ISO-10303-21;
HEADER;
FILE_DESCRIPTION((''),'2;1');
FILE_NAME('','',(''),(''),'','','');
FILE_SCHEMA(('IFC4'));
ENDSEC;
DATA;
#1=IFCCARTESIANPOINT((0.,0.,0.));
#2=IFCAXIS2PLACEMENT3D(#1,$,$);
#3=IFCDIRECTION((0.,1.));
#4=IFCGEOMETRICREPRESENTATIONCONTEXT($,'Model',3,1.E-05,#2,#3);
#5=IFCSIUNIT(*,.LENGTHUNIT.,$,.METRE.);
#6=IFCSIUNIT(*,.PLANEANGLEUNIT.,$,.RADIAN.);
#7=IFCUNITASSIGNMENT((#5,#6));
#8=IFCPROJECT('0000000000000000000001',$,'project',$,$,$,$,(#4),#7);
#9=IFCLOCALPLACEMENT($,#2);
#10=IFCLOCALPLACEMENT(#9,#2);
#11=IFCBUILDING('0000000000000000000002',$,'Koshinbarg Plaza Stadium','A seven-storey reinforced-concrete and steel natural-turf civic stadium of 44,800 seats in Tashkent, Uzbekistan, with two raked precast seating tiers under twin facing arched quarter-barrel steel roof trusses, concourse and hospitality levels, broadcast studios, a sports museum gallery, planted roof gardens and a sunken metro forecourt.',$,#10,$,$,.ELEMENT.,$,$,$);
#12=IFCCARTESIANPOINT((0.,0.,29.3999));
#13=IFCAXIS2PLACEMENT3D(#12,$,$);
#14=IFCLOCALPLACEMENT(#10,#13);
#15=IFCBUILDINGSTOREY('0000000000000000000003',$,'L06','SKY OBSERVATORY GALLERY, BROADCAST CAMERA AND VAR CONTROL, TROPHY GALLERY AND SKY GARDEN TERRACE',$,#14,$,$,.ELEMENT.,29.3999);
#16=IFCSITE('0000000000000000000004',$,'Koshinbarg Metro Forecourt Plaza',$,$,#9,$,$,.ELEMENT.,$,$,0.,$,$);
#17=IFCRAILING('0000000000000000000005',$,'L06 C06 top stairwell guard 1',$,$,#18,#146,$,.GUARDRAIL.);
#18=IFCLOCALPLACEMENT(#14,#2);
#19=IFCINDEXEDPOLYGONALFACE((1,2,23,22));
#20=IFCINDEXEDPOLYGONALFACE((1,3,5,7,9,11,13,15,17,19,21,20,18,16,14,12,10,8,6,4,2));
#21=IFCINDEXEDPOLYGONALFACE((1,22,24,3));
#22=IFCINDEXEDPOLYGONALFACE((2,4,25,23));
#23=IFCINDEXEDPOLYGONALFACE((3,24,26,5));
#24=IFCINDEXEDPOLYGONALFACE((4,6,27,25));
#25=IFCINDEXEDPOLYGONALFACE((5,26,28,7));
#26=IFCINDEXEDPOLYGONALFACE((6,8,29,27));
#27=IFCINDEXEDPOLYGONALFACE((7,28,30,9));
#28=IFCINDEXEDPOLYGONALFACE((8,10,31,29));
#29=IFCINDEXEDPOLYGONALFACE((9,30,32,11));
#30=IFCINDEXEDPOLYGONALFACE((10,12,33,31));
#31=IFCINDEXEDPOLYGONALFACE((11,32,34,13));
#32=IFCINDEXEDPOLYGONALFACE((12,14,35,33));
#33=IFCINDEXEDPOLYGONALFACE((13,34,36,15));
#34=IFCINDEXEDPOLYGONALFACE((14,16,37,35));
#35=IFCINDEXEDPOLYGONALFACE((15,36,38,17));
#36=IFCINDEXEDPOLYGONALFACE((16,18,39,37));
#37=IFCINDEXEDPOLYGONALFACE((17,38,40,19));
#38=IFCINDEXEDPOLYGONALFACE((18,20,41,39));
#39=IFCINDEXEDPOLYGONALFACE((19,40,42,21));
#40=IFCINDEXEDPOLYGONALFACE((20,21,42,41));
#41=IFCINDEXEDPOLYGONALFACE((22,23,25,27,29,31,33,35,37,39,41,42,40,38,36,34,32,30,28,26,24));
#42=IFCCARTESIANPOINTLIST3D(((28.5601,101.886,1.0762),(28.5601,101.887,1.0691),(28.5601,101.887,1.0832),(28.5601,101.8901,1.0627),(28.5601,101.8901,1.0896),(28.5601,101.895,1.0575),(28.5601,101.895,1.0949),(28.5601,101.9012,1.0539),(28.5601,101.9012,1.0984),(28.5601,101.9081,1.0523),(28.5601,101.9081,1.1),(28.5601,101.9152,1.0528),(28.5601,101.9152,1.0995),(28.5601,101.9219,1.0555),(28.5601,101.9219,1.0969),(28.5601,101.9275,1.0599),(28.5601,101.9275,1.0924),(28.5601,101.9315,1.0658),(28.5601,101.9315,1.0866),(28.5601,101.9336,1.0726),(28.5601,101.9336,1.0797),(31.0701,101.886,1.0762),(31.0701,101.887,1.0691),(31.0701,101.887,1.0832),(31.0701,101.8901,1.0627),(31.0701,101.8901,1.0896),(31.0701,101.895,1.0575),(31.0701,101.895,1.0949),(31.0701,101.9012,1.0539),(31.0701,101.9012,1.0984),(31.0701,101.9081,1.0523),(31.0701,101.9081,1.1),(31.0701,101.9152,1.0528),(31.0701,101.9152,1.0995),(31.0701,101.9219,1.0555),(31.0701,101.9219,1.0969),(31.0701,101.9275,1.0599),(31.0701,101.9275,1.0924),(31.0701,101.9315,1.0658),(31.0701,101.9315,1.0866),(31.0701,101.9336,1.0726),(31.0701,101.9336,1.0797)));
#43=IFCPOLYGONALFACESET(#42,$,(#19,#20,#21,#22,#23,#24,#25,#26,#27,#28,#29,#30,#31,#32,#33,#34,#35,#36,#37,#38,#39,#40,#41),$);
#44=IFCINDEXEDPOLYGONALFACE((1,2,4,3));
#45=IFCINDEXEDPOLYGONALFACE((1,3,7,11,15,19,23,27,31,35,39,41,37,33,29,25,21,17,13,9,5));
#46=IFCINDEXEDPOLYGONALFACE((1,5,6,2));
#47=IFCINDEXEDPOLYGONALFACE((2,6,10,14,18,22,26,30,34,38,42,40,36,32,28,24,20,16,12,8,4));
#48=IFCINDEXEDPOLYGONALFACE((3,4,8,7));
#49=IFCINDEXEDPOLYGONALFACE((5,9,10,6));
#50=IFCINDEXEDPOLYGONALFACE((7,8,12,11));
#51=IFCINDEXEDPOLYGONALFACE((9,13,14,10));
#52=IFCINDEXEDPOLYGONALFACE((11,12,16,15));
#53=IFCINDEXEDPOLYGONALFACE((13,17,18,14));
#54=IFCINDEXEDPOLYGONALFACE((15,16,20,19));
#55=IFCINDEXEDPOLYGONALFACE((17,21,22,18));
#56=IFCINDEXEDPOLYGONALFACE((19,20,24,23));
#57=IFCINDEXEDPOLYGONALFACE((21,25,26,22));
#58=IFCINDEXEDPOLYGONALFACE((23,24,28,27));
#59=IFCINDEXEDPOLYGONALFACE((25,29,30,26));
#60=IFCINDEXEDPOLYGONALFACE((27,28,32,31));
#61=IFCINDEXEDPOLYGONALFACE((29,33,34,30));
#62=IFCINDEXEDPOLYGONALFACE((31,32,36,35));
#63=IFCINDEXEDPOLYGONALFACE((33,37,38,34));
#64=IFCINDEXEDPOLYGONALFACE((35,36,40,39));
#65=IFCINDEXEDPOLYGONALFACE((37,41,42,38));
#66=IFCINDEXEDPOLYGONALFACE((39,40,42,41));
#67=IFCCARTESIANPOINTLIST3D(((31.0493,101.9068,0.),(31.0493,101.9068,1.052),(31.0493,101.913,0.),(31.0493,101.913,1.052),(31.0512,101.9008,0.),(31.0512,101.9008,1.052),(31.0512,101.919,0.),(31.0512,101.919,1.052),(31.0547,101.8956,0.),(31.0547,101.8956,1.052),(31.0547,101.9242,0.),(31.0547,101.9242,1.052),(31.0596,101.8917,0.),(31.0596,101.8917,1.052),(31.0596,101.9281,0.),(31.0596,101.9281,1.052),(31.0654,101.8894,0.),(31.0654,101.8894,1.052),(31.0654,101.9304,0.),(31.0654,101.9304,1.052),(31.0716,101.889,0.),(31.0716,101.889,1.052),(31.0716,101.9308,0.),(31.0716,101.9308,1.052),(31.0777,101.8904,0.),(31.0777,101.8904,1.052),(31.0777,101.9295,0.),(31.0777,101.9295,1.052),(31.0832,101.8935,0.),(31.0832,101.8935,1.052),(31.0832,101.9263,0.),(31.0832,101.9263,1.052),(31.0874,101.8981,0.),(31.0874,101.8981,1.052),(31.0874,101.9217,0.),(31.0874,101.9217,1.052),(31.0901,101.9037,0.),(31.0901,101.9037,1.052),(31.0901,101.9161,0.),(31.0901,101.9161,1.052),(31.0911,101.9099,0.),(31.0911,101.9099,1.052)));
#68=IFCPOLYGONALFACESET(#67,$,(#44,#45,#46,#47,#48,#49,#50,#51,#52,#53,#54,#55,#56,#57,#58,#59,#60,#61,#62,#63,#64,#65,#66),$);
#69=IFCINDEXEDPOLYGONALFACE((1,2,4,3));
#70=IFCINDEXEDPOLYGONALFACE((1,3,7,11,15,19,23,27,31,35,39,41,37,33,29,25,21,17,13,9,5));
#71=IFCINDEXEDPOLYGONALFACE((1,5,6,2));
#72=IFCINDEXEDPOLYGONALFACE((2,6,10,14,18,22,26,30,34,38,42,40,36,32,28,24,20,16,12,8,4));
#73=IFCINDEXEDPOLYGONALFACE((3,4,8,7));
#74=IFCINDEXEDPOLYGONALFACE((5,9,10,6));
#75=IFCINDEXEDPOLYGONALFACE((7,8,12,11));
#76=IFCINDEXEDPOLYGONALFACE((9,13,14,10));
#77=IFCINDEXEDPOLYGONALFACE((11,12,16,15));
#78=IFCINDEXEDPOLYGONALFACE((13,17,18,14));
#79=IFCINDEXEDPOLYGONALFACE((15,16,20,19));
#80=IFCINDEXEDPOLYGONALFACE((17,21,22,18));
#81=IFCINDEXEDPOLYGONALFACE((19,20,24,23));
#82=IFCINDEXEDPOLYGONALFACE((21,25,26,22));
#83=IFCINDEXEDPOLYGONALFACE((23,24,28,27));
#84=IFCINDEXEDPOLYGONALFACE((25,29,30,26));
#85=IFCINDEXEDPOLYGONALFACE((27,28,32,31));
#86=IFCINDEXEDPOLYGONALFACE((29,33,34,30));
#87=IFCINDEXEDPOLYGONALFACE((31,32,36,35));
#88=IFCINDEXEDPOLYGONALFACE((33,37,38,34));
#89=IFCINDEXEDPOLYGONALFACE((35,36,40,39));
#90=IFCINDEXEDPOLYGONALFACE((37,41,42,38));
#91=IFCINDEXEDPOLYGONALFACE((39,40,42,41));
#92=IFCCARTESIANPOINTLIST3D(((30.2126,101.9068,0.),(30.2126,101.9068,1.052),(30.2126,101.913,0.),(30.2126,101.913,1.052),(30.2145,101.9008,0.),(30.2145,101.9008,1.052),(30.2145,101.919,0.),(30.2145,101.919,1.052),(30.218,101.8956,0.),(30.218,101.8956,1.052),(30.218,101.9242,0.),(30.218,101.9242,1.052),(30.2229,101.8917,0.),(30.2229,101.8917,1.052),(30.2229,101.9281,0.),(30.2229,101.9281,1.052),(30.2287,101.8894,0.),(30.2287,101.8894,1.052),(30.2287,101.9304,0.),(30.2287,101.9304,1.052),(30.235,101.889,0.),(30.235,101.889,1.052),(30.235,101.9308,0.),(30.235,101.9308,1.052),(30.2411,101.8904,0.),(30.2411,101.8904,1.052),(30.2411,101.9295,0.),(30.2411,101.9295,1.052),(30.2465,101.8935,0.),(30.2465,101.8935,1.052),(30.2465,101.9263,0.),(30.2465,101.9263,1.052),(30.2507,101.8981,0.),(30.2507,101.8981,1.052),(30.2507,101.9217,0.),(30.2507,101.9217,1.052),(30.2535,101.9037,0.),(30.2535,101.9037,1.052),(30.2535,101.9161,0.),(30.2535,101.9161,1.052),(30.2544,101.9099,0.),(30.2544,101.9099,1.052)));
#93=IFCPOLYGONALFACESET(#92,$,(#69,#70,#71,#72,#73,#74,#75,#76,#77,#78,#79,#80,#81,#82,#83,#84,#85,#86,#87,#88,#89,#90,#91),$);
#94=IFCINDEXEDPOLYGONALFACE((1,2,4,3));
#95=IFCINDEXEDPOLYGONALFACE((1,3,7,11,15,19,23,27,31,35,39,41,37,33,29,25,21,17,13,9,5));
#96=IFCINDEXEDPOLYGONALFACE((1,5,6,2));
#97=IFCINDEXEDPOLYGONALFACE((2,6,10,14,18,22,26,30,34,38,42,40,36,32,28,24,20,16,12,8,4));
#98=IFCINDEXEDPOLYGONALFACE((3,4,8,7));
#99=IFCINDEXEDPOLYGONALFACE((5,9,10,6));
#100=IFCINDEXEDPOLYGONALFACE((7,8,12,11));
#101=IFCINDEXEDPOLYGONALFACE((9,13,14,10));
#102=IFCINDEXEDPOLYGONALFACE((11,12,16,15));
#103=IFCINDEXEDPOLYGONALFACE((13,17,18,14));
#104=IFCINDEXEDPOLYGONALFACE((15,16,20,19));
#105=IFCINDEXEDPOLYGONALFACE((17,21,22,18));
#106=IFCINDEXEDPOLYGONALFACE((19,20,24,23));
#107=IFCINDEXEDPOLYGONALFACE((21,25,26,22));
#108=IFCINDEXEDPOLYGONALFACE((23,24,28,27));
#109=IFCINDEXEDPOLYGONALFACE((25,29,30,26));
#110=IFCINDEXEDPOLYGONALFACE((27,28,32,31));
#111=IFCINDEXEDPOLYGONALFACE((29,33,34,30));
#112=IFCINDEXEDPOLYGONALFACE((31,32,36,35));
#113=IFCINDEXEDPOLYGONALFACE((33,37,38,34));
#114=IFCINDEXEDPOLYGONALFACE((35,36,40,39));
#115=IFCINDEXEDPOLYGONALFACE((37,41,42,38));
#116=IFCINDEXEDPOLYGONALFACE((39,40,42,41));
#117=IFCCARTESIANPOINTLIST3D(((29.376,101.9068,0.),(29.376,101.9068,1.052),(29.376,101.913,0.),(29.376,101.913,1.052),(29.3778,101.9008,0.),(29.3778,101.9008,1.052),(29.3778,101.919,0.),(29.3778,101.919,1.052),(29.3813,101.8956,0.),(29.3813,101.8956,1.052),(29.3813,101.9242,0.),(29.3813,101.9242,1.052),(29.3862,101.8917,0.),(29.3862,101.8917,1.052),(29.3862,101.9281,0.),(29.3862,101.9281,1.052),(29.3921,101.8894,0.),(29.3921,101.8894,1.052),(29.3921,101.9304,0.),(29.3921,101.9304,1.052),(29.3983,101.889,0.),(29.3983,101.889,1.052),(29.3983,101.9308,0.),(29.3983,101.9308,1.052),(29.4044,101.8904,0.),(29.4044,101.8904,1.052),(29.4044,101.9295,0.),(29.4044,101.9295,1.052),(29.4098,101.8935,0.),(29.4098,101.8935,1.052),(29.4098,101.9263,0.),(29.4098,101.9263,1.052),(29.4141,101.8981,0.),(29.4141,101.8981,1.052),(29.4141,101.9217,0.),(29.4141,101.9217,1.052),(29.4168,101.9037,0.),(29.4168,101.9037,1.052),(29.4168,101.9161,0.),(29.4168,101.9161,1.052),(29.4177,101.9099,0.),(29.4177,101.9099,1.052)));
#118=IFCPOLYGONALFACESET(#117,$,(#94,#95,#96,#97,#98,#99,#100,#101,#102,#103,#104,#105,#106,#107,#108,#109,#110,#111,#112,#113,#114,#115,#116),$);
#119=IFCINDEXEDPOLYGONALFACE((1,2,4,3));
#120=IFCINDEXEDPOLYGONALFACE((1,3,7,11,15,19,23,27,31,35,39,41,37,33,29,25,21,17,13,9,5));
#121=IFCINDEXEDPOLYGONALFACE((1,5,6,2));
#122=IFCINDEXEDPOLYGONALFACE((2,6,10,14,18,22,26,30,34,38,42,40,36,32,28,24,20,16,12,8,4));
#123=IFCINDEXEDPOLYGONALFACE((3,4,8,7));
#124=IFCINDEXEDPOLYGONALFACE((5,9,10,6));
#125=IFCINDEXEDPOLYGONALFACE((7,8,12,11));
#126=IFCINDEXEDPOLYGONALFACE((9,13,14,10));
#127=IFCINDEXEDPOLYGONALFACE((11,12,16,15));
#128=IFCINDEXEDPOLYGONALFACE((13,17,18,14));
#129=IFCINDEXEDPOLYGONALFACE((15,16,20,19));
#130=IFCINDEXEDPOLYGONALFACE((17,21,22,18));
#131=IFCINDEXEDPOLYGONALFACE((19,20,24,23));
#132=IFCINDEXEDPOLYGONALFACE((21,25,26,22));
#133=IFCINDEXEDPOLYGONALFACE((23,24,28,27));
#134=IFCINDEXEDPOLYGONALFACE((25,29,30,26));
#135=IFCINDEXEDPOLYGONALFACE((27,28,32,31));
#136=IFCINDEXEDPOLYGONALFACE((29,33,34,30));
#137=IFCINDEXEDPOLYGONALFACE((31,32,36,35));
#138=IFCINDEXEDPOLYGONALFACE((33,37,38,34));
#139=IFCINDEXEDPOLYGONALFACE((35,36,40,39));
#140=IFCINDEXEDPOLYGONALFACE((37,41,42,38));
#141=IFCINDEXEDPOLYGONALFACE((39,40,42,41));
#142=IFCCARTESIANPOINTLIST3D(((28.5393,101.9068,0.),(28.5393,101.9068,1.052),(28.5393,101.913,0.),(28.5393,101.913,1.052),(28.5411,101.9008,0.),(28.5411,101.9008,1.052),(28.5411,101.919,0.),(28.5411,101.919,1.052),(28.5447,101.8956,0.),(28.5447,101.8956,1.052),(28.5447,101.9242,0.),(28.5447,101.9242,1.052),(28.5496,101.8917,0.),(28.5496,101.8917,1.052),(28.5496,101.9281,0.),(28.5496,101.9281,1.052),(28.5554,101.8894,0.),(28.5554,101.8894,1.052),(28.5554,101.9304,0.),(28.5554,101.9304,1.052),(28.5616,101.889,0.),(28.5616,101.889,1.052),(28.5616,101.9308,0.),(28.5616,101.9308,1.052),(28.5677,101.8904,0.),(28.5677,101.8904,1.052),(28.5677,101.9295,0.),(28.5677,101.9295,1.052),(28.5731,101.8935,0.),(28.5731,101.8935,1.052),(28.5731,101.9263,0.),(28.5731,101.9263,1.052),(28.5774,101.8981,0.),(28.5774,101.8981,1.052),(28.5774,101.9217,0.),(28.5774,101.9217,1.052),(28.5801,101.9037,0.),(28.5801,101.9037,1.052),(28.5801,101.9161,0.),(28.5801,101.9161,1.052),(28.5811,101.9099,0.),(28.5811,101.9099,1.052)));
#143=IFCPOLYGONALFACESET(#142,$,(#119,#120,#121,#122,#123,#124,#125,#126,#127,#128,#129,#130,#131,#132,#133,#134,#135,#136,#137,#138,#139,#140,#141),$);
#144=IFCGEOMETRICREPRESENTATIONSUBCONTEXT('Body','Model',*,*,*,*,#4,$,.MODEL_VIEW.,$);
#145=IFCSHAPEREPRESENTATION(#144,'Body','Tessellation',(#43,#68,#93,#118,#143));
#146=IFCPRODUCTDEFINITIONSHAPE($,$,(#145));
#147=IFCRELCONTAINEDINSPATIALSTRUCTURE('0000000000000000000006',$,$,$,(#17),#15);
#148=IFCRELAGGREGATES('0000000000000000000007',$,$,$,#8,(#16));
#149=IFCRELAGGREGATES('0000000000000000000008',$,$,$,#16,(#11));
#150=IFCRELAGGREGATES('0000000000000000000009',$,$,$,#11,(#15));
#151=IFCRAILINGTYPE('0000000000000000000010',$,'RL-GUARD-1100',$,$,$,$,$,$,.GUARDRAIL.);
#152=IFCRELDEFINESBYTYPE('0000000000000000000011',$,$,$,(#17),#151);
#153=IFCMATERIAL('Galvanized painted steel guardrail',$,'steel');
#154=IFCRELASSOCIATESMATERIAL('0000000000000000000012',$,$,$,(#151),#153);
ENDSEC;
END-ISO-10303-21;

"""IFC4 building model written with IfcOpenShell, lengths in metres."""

from ifc_helpers import new_model, si_unit, direction, frame, origin, origin_2d, place, context, subcontext, project, spatial, circle, extrude, material, type_object, element, save


model = new_model("IFC4")

# Units and contexts
model_context = context("Model", 3, precision=1e-05, world=origin(), true_north=direction((0.0, 1.0)))
body_context = subcontext(model_context, "Body", "Model", "MODEL_VIEW")
ifc_project = project(units=[si_unit("LENGTHUNIT", "METRE"), si_unit("PLANEANGLEUNIT", "RADIAN")], contexts=[model_context])

# Site, building, storey
site_placement = place(None, origin())
site = spatial("IfcSite", under=ifc_project, at=site_placement, Name="Koshinbarg Metro Forecourt Plaza", CompositionType="ELEMENT", RefElevation=0.0)
building_placement = place(site_placement, origin())
building = spatial("IfcBuilding", under=site, at=building_placement, Name="Koshinbarg Plaza Stadium", Description="A seven-storey reinforced-concrete and steel natural-turf civic stadium of 44,800 seats in Tashkent, Uzbekistan, with two raked precast seating tiers under twin facing arched quarter-barrel steel roof trusses, concourse and hospitality levels, broadcast studios, a sports museum gallery, planted roof gardens and a sunken metro forecourt.", CompositionType="ELEMENT")
storey_placement = place(building_placement, frame((0.0, 0.0, 29.3999)))
storey = spatial("IfcBuildingStorey", under=building, at=storey_placement, Name="L06", Description="SKY OBSERVATORY GALLERY, BROADCAST CAMERA AND VAR CONTROL, TROPHY GALLERY AND SKY GARDEN TERRACE", CompositionType="ELEMENT", Elevation=29.3999)

# Railing
ifc_material_1 = material(Name="Galvanized painted steel guardrail", Category="steel")
railing_type = type_object("IfcRailingType", Name="RL-GUARD-1100", PredefinedType="GUARDRAIL", material=ifc_material_1)
railing_placement = place(storey_placement, frame((31.0701, 101.9099, 0.0)))
element("IfcRailing", 1, at=railing_placement, inside=storey, type_object=railing_type, Name="L06 C06 top stairwell guard 1", PredefinedType="GUARDRAIL", context=body_context, shape_type="SweptSolid", body=[
    extrude(circle(Radius=0.0239, at=origin_2d()), frame((0.0, 0.0, 1.0762), z_axis=(-1.0, 0.0, 0.0), x_axis=(0.0, -1.0, 0.0)), (0.0, 0.0, 1.0), 2.51),
    extrude(circle(Radius=0.021, at=origin_2d()), origin(), (0.0, 0.0, 1.0), 1.052),
    extrude(circle(Radius=0.021, at=origin_2d()), frame((-0.8367, 0.0, 0.0)), (0.0, 0.0, 1.0), 1.052),
    extrude(circle(Radius=0.021, at=origin_2d()), frame((-1.6733, 0.0, 0.0)), (0.0, 0.0, 1.0), 1.052),
    extrude(circle(Radius=0.021, at=origin_2d()), frame((-2.51, 0.0, 0.0)), (0.0, 0.0, 1.0), 1.052),
])

save(model, "model.ifc")
